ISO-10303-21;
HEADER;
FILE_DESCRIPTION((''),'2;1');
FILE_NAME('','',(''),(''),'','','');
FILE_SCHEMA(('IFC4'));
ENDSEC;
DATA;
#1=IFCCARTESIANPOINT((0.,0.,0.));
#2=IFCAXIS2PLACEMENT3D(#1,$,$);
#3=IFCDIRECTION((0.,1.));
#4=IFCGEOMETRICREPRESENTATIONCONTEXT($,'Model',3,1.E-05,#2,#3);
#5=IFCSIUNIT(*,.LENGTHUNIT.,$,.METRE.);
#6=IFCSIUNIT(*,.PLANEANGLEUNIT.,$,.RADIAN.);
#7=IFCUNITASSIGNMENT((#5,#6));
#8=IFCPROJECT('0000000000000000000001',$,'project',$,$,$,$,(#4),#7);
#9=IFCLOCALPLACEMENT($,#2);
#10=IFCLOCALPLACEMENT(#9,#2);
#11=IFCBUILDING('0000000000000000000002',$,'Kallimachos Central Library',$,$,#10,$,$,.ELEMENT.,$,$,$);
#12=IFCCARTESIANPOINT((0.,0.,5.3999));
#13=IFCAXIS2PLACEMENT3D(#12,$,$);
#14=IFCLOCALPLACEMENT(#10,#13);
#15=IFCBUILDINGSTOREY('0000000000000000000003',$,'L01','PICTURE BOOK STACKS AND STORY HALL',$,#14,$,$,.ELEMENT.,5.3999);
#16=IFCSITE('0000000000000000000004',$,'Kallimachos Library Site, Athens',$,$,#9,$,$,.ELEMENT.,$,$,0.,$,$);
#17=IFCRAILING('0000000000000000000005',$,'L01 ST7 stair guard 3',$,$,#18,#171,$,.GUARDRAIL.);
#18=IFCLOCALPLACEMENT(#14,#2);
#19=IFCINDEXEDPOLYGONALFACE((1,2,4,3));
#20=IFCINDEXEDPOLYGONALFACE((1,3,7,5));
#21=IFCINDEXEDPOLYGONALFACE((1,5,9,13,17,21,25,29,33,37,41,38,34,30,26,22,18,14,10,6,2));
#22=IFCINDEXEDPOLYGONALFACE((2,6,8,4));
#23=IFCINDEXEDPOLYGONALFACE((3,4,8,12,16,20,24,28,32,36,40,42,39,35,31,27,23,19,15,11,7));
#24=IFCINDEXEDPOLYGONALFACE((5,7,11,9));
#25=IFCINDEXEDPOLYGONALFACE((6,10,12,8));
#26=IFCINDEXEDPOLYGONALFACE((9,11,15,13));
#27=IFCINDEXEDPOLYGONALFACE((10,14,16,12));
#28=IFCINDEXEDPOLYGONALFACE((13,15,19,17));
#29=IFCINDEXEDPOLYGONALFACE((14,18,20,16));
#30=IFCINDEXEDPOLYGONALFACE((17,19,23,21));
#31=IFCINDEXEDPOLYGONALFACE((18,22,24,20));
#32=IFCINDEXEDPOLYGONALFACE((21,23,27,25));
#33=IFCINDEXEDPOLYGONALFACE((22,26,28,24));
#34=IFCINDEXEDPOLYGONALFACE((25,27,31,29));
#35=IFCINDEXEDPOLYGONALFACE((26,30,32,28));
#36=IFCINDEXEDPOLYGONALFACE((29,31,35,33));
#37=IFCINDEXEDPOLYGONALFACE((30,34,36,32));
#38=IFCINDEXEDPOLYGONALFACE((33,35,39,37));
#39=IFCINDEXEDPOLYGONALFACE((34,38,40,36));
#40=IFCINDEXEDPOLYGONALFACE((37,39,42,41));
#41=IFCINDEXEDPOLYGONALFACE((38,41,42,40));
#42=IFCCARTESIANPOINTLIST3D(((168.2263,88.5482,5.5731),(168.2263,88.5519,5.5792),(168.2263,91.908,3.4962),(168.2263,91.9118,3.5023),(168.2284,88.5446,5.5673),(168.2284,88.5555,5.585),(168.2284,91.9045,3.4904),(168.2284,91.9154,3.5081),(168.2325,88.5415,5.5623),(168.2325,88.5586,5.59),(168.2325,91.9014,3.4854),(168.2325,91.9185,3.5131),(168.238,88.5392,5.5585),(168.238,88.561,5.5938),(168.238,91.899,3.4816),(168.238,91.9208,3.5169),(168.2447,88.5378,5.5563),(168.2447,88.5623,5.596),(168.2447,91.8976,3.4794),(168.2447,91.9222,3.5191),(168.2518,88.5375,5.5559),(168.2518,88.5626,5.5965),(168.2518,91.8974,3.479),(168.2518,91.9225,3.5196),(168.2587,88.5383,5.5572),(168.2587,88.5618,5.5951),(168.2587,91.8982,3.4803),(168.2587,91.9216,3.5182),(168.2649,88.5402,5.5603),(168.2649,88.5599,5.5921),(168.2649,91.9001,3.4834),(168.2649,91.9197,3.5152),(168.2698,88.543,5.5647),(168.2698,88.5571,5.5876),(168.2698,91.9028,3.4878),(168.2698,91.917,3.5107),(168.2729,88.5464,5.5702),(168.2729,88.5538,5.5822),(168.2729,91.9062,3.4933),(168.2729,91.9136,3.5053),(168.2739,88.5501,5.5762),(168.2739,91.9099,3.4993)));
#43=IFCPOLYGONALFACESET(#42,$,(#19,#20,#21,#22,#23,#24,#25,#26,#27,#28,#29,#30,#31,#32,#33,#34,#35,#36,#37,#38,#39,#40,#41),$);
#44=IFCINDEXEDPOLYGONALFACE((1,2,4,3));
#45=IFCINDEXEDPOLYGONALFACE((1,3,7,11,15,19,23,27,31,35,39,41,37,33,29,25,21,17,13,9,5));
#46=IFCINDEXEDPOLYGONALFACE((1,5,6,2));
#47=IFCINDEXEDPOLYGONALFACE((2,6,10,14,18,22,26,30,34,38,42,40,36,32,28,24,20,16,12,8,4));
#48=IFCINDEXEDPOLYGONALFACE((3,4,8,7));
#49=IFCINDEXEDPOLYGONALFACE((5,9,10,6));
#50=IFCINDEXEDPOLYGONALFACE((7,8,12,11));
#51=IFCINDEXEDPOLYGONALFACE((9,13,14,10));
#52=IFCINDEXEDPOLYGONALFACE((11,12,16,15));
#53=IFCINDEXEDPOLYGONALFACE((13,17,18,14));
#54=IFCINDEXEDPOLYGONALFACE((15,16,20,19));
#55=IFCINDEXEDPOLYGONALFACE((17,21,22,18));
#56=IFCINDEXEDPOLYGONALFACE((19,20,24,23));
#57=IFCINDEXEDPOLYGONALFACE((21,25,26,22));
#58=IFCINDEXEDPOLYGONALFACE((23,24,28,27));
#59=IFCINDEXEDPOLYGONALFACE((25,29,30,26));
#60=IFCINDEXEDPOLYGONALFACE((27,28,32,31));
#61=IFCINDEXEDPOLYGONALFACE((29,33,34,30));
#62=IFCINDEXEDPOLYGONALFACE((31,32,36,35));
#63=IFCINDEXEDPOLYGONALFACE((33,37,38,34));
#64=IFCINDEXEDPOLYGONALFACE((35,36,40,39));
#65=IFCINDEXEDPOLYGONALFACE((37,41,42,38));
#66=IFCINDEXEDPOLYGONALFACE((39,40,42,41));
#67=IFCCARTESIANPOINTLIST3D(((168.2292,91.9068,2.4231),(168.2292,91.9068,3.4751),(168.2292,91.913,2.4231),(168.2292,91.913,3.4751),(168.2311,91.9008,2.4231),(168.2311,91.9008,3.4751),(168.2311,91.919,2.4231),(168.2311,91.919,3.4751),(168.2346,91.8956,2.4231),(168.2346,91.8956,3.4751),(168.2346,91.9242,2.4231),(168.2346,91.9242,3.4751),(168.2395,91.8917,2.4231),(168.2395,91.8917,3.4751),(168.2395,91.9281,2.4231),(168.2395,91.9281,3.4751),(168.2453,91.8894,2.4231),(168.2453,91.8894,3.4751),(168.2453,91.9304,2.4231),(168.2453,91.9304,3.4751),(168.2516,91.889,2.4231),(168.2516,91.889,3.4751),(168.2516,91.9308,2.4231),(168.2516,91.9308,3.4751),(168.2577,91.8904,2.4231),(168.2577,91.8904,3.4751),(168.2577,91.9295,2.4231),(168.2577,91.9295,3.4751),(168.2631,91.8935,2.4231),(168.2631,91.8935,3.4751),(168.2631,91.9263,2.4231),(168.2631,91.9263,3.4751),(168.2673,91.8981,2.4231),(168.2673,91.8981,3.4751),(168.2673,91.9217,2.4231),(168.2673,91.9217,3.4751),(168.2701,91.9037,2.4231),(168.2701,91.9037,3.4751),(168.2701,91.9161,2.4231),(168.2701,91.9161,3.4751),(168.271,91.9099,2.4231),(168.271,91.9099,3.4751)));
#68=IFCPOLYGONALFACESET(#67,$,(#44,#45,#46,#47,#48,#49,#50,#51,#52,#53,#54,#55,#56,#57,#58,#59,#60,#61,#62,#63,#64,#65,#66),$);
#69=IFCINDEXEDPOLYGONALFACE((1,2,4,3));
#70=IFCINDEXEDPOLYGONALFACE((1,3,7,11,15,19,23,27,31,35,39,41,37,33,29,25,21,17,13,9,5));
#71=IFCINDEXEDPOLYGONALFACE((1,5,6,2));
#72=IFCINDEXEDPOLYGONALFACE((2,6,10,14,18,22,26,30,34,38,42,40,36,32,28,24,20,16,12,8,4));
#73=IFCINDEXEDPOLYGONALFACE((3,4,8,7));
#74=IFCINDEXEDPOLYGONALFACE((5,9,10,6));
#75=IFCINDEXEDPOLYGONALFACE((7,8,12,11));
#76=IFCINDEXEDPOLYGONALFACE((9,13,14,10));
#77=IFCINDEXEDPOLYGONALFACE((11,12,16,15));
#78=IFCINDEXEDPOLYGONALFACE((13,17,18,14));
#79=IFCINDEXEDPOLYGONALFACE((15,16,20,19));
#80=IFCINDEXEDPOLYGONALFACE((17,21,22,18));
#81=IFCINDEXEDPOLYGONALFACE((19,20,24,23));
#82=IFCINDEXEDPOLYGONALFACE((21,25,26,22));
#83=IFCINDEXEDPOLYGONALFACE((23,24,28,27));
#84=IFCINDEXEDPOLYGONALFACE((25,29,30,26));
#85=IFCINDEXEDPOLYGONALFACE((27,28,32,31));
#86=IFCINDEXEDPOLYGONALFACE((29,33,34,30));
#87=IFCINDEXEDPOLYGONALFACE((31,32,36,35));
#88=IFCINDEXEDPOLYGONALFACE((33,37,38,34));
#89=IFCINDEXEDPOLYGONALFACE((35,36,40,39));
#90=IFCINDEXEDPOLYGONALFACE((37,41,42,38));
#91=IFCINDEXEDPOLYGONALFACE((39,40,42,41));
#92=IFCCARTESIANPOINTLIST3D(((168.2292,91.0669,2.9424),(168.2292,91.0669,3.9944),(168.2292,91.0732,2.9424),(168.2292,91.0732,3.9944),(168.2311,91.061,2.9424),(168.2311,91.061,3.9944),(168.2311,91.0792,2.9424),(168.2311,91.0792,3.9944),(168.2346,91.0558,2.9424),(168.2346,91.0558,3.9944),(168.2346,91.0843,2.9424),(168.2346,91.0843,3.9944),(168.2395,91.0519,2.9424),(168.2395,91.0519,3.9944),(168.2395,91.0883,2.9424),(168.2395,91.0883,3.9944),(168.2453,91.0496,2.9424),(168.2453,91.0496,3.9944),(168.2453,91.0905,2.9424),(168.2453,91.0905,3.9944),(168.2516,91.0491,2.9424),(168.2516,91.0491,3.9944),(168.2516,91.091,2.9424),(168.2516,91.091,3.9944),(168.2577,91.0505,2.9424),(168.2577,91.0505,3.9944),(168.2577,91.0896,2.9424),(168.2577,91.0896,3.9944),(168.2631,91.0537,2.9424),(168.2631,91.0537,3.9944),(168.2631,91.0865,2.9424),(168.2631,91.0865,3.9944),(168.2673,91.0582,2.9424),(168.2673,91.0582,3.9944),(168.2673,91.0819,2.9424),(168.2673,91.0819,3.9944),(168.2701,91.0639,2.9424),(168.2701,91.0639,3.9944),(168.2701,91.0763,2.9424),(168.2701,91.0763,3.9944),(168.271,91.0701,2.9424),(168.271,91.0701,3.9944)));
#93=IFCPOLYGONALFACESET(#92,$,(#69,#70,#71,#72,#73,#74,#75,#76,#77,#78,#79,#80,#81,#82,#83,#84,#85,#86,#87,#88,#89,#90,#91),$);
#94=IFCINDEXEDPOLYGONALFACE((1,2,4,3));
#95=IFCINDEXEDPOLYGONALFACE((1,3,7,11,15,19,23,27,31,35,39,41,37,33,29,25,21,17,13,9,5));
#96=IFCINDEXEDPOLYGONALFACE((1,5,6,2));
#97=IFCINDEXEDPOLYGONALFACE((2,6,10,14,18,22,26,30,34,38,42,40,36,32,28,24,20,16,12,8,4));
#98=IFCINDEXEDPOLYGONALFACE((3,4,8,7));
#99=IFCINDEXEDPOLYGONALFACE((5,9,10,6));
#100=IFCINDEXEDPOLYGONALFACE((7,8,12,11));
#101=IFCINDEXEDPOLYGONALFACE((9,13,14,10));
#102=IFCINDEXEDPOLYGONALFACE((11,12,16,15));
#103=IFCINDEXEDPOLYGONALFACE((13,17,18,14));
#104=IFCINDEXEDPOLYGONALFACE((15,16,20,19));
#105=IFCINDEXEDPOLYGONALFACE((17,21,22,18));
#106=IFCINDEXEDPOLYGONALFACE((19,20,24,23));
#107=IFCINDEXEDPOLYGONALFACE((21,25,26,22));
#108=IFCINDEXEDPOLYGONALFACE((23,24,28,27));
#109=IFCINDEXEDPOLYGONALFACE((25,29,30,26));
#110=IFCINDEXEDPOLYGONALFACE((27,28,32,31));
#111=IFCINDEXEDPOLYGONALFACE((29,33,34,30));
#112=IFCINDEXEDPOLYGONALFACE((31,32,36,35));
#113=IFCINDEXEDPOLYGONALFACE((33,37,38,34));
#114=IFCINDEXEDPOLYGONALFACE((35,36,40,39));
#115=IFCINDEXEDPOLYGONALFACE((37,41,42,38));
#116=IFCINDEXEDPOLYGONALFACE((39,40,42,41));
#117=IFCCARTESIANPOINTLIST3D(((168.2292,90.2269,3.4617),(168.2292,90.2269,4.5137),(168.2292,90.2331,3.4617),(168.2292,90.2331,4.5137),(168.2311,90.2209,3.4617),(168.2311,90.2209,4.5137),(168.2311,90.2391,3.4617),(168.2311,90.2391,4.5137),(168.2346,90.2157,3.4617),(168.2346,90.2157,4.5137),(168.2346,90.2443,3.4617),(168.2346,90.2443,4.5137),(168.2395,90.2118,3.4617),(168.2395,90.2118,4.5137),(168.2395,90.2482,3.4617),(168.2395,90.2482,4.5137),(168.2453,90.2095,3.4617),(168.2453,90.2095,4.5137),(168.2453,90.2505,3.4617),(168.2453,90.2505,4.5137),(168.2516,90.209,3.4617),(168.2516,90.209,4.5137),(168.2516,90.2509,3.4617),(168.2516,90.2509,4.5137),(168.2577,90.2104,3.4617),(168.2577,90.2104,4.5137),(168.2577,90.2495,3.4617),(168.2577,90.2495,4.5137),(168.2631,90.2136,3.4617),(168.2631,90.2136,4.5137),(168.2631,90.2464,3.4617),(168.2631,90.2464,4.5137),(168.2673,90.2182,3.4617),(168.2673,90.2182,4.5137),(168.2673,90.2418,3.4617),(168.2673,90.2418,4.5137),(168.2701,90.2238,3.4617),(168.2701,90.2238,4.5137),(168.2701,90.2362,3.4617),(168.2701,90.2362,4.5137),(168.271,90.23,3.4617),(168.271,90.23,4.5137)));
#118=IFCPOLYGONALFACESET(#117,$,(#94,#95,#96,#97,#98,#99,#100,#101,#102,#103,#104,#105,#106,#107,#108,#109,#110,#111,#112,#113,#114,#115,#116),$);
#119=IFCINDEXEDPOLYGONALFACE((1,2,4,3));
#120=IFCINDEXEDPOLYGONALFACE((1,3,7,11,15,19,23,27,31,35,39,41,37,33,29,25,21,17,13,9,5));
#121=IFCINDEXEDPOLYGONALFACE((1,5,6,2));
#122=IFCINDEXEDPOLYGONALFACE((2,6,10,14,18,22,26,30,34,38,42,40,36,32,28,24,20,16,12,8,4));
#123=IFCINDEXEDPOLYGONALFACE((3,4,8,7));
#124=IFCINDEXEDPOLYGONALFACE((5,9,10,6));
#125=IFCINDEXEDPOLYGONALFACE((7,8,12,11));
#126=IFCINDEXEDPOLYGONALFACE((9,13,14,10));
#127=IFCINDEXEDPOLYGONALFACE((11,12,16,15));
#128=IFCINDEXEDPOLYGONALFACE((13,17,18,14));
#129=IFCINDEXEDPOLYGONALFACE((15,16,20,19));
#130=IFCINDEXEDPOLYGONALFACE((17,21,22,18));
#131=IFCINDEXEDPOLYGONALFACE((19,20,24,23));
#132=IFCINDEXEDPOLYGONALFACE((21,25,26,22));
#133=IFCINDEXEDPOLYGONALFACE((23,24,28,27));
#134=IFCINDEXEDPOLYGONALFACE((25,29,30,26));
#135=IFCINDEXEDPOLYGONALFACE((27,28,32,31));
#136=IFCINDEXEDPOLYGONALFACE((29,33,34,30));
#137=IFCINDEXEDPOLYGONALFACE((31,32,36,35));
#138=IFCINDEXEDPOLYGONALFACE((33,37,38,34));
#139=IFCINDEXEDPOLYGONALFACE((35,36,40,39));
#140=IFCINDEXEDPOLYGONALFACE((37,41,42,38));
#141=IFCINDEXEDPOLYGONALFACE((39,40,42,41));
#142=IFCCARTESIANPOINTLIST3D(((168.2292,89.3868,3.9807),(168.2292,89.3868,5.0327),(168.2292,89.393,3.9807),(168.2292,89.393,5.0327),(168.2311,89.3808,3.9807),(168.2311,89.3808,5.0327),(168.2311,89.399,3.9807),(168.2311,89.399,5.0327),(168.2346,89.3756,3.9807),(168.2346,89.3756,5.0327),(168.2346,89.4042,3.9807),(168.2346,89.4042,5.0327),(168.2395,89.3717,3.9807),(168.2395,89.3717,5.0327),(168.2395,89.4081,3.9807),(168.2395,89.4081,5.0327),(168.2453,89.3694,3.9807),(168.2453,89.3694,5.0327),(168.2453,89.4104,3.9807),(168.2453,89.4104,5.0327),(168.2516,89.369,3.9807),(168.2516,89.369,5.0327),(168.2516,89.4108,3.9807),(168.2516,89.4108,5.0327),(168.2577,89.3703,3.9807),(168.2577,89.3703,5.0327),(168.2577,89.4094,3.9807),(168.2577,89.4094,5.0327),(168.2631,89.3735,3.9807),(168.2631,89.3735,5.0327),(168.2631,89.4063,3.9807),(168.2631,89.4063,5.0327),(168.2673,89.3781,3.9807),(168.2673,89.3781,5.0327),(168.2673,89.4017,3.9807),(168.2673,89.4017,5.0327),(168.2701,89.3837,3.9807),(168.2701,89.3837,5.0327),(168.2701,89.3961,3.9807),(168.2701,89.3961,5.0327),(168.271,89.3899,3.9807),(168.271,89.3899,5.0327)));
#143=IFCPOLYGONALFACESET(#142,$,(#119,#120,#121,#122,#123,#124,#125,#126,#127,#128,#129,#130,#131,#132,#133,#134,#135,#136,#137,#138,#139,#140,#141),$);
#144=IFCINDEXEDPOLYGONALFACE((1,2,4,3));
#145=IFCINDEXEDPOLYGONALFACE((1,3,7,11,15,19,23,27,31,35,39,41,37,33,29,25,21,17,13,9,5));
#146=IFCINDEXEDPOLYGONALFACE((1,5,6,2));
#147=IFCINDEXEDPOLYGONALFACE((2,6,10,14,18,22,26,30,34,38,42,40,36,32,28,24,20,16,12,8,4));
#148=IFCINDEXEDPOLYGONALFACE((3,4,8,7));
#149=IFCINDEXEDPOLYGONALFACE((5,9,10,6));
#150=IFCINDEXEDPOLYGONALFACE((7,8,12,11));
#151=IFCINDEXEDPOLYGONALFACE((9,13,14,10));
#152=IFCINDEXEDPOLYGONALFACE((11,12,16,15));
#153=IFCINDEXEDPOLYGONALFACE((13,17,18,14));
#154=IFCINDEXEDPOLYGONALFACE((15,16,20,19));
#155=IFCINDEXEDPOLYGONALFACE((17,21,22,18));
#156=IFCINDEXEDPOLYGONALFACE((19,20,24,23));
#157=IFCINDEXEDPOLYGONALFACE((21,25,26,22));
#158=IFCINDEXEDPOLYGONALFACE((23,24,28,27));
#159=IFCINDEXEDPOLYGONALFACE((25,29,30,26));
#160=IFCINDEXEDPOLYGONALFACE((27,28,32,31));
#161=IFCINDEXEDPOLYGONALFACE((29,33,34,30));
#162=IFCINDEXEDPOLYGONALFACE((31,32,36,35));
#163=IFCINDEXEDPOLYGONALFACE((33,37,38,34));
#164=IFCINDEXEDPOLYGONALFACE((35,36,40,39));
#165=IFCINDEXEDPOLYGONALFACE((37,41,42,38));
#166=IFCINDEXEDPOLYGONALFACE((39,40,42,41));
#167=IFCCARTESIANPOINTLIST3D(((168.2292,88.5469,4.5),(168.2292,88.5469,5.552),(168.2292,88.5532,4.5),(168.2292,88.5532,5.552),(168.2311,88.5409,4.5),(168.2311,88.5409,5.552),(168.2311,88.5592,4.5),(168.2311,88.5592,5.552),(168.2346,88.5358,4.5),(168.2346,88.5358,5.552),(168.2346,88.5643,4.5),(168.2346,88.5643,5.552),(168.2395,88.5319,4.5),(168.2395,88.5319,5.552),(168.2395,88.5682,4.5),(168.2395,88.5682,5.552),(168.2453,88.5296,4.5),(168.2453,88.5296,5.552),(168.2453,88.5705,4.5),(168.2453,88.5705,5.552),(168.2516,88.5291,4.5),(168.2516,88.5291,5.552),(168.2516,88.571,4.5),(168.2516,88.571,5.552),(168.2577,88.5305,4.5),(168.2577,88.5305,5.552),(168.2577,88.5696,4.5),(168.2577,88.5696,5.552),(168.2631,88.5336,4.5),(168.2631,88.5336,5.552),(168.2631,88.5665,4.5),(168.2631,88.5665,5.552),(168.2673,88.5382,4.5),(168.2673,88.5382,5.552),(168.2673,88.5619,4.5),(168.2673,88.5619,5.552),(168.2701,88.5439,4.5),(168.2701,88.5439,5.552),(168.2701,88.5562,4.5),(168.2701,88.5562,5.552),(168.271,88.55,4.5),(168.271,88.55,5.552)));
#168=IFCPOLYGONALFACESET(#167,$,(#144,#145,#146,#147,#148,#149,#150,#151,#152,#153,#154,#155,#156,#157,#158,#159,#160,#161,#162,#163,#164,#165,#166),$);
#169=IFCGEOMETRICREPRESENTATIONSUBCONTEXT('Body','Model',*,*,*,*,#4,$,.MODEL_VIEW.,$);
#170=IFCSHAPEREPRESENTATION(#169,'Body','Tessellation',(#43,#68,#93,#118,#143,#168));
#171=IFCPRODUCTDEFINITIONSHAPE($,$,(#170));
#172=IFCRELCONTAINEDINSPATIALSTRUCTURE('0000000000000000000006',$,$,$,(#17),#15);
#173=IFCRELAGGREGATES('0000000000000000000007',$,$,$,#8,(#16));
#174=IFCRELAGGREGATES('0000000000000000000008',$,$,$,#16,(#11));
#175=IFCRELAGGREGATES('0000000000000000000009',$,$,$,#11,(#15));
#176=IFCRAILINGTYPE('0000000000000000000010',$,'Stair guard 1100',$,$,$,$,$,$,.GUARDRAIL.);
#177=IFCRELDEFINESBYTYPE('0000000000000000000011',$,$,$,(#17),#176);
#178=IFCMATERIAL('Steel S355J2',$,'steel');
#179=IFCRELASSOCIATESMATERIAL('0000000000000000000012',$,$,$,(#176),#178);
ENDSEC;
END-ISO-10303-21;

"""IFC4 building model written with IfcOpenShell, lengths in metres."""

from ifc_helpers import new_model, si_unit, direction, frame, origin, origin_2d, place, context, subcontext, project, spatial, circle, extrude, material, type_object, element, save


model = new_model("IFC4")

# Units and contexts
model_context = context("Model", 3, precision=1e-05, world=origin(), true_north=direction((0.0, 1.0)))
body_context = subcontext(model_context, "Body", "Model", "MODEL_VIEW")
ifc_project = project(units=[si_unit("LENGTHUNIT", "METRE"), si_unit("PLANEANGLEUNIT", "RADIAN")], contexts=[model_context])

# Site, building, storey
site_placement = place(None, origin())
site = spatial("IfcSite", under=ifc_project, at=site_placement, Name="Kallimachos Library Site, Athens", CompositionType="ELEMENT", RefElevation=0.0)
building_placement = place(site_placement, origin())
building = spatial("IfcBuilding", under=site, at=building_placement, Name="Kallimachos Central Library", CompositionType="ELEMENT")
storey_placement = place(building_placement, frame((0.0, 0.0, 5.3999)))
storey = spatial("IfcBuildingStorey", under=building, at=storey_placement, Name="L01", Description="PICTURE BOOK STACKS AND STORY HALL", CompositionType="ELEMENT", Elevation=5.3999)

# Railing
ifc_material_1 = material(Name="Steel S355J2", Category="steel")
railing_type_1 = type_object("IfcRailingType", Name="Stair guard 1100", PredefinedType="GUARDRAIL", material=ifc_material_1)
railing_1_placement = place(storey_placement, frame((168.25, 91.9099, 2.4231)))
element("IfcRailing", 1, at=railing_1_placement, inside=storey, type_object=railing_type_1, Name="L01 ST7 stair guard 3", PredefinedType="GUARDRAIL", context=body_context, shape_type="SweptSolid", body=[
    extrude(circle(Radius=0.0239, at=origin_2d()), frame((0.0, 0.0, 1.0762), z_axis=(0.0, -0.850606, 0.525803), x_axis=(1.0, 0.0, 0.0)), (0.0, 0.0, 1.0), 3.95),
    extrude(circle(Radius=0.021, at=origin_2d()), origin(), (0.0, 0.0, 1.0), 1.052),
    extrude(circle(Radius=0.021, at=origin_2d()), frame((0.0, -0.8398, 0.5193)), (0.0, 0.0, 1.0), 1.052),
    extrude(circle(Radius=0.021, at=origin_2d()), frame((0.0, -1.6799, 1.0386)), (0.0, 0.0, 1.0), 1.052),
    extrude(circle(Radius=0.021, at=origin_2d()), frame((0.0, -2.52, 1.5576)), (0.0, 0.0, 1.0), 1.052),
    extrude(circle(Radius=0.021, at=origin_2d()), frame((0.0, -3.3599, 2.0769)), (0.0, 0.0, 1.0), 1.052),
])

save(model, "model.ifc")
